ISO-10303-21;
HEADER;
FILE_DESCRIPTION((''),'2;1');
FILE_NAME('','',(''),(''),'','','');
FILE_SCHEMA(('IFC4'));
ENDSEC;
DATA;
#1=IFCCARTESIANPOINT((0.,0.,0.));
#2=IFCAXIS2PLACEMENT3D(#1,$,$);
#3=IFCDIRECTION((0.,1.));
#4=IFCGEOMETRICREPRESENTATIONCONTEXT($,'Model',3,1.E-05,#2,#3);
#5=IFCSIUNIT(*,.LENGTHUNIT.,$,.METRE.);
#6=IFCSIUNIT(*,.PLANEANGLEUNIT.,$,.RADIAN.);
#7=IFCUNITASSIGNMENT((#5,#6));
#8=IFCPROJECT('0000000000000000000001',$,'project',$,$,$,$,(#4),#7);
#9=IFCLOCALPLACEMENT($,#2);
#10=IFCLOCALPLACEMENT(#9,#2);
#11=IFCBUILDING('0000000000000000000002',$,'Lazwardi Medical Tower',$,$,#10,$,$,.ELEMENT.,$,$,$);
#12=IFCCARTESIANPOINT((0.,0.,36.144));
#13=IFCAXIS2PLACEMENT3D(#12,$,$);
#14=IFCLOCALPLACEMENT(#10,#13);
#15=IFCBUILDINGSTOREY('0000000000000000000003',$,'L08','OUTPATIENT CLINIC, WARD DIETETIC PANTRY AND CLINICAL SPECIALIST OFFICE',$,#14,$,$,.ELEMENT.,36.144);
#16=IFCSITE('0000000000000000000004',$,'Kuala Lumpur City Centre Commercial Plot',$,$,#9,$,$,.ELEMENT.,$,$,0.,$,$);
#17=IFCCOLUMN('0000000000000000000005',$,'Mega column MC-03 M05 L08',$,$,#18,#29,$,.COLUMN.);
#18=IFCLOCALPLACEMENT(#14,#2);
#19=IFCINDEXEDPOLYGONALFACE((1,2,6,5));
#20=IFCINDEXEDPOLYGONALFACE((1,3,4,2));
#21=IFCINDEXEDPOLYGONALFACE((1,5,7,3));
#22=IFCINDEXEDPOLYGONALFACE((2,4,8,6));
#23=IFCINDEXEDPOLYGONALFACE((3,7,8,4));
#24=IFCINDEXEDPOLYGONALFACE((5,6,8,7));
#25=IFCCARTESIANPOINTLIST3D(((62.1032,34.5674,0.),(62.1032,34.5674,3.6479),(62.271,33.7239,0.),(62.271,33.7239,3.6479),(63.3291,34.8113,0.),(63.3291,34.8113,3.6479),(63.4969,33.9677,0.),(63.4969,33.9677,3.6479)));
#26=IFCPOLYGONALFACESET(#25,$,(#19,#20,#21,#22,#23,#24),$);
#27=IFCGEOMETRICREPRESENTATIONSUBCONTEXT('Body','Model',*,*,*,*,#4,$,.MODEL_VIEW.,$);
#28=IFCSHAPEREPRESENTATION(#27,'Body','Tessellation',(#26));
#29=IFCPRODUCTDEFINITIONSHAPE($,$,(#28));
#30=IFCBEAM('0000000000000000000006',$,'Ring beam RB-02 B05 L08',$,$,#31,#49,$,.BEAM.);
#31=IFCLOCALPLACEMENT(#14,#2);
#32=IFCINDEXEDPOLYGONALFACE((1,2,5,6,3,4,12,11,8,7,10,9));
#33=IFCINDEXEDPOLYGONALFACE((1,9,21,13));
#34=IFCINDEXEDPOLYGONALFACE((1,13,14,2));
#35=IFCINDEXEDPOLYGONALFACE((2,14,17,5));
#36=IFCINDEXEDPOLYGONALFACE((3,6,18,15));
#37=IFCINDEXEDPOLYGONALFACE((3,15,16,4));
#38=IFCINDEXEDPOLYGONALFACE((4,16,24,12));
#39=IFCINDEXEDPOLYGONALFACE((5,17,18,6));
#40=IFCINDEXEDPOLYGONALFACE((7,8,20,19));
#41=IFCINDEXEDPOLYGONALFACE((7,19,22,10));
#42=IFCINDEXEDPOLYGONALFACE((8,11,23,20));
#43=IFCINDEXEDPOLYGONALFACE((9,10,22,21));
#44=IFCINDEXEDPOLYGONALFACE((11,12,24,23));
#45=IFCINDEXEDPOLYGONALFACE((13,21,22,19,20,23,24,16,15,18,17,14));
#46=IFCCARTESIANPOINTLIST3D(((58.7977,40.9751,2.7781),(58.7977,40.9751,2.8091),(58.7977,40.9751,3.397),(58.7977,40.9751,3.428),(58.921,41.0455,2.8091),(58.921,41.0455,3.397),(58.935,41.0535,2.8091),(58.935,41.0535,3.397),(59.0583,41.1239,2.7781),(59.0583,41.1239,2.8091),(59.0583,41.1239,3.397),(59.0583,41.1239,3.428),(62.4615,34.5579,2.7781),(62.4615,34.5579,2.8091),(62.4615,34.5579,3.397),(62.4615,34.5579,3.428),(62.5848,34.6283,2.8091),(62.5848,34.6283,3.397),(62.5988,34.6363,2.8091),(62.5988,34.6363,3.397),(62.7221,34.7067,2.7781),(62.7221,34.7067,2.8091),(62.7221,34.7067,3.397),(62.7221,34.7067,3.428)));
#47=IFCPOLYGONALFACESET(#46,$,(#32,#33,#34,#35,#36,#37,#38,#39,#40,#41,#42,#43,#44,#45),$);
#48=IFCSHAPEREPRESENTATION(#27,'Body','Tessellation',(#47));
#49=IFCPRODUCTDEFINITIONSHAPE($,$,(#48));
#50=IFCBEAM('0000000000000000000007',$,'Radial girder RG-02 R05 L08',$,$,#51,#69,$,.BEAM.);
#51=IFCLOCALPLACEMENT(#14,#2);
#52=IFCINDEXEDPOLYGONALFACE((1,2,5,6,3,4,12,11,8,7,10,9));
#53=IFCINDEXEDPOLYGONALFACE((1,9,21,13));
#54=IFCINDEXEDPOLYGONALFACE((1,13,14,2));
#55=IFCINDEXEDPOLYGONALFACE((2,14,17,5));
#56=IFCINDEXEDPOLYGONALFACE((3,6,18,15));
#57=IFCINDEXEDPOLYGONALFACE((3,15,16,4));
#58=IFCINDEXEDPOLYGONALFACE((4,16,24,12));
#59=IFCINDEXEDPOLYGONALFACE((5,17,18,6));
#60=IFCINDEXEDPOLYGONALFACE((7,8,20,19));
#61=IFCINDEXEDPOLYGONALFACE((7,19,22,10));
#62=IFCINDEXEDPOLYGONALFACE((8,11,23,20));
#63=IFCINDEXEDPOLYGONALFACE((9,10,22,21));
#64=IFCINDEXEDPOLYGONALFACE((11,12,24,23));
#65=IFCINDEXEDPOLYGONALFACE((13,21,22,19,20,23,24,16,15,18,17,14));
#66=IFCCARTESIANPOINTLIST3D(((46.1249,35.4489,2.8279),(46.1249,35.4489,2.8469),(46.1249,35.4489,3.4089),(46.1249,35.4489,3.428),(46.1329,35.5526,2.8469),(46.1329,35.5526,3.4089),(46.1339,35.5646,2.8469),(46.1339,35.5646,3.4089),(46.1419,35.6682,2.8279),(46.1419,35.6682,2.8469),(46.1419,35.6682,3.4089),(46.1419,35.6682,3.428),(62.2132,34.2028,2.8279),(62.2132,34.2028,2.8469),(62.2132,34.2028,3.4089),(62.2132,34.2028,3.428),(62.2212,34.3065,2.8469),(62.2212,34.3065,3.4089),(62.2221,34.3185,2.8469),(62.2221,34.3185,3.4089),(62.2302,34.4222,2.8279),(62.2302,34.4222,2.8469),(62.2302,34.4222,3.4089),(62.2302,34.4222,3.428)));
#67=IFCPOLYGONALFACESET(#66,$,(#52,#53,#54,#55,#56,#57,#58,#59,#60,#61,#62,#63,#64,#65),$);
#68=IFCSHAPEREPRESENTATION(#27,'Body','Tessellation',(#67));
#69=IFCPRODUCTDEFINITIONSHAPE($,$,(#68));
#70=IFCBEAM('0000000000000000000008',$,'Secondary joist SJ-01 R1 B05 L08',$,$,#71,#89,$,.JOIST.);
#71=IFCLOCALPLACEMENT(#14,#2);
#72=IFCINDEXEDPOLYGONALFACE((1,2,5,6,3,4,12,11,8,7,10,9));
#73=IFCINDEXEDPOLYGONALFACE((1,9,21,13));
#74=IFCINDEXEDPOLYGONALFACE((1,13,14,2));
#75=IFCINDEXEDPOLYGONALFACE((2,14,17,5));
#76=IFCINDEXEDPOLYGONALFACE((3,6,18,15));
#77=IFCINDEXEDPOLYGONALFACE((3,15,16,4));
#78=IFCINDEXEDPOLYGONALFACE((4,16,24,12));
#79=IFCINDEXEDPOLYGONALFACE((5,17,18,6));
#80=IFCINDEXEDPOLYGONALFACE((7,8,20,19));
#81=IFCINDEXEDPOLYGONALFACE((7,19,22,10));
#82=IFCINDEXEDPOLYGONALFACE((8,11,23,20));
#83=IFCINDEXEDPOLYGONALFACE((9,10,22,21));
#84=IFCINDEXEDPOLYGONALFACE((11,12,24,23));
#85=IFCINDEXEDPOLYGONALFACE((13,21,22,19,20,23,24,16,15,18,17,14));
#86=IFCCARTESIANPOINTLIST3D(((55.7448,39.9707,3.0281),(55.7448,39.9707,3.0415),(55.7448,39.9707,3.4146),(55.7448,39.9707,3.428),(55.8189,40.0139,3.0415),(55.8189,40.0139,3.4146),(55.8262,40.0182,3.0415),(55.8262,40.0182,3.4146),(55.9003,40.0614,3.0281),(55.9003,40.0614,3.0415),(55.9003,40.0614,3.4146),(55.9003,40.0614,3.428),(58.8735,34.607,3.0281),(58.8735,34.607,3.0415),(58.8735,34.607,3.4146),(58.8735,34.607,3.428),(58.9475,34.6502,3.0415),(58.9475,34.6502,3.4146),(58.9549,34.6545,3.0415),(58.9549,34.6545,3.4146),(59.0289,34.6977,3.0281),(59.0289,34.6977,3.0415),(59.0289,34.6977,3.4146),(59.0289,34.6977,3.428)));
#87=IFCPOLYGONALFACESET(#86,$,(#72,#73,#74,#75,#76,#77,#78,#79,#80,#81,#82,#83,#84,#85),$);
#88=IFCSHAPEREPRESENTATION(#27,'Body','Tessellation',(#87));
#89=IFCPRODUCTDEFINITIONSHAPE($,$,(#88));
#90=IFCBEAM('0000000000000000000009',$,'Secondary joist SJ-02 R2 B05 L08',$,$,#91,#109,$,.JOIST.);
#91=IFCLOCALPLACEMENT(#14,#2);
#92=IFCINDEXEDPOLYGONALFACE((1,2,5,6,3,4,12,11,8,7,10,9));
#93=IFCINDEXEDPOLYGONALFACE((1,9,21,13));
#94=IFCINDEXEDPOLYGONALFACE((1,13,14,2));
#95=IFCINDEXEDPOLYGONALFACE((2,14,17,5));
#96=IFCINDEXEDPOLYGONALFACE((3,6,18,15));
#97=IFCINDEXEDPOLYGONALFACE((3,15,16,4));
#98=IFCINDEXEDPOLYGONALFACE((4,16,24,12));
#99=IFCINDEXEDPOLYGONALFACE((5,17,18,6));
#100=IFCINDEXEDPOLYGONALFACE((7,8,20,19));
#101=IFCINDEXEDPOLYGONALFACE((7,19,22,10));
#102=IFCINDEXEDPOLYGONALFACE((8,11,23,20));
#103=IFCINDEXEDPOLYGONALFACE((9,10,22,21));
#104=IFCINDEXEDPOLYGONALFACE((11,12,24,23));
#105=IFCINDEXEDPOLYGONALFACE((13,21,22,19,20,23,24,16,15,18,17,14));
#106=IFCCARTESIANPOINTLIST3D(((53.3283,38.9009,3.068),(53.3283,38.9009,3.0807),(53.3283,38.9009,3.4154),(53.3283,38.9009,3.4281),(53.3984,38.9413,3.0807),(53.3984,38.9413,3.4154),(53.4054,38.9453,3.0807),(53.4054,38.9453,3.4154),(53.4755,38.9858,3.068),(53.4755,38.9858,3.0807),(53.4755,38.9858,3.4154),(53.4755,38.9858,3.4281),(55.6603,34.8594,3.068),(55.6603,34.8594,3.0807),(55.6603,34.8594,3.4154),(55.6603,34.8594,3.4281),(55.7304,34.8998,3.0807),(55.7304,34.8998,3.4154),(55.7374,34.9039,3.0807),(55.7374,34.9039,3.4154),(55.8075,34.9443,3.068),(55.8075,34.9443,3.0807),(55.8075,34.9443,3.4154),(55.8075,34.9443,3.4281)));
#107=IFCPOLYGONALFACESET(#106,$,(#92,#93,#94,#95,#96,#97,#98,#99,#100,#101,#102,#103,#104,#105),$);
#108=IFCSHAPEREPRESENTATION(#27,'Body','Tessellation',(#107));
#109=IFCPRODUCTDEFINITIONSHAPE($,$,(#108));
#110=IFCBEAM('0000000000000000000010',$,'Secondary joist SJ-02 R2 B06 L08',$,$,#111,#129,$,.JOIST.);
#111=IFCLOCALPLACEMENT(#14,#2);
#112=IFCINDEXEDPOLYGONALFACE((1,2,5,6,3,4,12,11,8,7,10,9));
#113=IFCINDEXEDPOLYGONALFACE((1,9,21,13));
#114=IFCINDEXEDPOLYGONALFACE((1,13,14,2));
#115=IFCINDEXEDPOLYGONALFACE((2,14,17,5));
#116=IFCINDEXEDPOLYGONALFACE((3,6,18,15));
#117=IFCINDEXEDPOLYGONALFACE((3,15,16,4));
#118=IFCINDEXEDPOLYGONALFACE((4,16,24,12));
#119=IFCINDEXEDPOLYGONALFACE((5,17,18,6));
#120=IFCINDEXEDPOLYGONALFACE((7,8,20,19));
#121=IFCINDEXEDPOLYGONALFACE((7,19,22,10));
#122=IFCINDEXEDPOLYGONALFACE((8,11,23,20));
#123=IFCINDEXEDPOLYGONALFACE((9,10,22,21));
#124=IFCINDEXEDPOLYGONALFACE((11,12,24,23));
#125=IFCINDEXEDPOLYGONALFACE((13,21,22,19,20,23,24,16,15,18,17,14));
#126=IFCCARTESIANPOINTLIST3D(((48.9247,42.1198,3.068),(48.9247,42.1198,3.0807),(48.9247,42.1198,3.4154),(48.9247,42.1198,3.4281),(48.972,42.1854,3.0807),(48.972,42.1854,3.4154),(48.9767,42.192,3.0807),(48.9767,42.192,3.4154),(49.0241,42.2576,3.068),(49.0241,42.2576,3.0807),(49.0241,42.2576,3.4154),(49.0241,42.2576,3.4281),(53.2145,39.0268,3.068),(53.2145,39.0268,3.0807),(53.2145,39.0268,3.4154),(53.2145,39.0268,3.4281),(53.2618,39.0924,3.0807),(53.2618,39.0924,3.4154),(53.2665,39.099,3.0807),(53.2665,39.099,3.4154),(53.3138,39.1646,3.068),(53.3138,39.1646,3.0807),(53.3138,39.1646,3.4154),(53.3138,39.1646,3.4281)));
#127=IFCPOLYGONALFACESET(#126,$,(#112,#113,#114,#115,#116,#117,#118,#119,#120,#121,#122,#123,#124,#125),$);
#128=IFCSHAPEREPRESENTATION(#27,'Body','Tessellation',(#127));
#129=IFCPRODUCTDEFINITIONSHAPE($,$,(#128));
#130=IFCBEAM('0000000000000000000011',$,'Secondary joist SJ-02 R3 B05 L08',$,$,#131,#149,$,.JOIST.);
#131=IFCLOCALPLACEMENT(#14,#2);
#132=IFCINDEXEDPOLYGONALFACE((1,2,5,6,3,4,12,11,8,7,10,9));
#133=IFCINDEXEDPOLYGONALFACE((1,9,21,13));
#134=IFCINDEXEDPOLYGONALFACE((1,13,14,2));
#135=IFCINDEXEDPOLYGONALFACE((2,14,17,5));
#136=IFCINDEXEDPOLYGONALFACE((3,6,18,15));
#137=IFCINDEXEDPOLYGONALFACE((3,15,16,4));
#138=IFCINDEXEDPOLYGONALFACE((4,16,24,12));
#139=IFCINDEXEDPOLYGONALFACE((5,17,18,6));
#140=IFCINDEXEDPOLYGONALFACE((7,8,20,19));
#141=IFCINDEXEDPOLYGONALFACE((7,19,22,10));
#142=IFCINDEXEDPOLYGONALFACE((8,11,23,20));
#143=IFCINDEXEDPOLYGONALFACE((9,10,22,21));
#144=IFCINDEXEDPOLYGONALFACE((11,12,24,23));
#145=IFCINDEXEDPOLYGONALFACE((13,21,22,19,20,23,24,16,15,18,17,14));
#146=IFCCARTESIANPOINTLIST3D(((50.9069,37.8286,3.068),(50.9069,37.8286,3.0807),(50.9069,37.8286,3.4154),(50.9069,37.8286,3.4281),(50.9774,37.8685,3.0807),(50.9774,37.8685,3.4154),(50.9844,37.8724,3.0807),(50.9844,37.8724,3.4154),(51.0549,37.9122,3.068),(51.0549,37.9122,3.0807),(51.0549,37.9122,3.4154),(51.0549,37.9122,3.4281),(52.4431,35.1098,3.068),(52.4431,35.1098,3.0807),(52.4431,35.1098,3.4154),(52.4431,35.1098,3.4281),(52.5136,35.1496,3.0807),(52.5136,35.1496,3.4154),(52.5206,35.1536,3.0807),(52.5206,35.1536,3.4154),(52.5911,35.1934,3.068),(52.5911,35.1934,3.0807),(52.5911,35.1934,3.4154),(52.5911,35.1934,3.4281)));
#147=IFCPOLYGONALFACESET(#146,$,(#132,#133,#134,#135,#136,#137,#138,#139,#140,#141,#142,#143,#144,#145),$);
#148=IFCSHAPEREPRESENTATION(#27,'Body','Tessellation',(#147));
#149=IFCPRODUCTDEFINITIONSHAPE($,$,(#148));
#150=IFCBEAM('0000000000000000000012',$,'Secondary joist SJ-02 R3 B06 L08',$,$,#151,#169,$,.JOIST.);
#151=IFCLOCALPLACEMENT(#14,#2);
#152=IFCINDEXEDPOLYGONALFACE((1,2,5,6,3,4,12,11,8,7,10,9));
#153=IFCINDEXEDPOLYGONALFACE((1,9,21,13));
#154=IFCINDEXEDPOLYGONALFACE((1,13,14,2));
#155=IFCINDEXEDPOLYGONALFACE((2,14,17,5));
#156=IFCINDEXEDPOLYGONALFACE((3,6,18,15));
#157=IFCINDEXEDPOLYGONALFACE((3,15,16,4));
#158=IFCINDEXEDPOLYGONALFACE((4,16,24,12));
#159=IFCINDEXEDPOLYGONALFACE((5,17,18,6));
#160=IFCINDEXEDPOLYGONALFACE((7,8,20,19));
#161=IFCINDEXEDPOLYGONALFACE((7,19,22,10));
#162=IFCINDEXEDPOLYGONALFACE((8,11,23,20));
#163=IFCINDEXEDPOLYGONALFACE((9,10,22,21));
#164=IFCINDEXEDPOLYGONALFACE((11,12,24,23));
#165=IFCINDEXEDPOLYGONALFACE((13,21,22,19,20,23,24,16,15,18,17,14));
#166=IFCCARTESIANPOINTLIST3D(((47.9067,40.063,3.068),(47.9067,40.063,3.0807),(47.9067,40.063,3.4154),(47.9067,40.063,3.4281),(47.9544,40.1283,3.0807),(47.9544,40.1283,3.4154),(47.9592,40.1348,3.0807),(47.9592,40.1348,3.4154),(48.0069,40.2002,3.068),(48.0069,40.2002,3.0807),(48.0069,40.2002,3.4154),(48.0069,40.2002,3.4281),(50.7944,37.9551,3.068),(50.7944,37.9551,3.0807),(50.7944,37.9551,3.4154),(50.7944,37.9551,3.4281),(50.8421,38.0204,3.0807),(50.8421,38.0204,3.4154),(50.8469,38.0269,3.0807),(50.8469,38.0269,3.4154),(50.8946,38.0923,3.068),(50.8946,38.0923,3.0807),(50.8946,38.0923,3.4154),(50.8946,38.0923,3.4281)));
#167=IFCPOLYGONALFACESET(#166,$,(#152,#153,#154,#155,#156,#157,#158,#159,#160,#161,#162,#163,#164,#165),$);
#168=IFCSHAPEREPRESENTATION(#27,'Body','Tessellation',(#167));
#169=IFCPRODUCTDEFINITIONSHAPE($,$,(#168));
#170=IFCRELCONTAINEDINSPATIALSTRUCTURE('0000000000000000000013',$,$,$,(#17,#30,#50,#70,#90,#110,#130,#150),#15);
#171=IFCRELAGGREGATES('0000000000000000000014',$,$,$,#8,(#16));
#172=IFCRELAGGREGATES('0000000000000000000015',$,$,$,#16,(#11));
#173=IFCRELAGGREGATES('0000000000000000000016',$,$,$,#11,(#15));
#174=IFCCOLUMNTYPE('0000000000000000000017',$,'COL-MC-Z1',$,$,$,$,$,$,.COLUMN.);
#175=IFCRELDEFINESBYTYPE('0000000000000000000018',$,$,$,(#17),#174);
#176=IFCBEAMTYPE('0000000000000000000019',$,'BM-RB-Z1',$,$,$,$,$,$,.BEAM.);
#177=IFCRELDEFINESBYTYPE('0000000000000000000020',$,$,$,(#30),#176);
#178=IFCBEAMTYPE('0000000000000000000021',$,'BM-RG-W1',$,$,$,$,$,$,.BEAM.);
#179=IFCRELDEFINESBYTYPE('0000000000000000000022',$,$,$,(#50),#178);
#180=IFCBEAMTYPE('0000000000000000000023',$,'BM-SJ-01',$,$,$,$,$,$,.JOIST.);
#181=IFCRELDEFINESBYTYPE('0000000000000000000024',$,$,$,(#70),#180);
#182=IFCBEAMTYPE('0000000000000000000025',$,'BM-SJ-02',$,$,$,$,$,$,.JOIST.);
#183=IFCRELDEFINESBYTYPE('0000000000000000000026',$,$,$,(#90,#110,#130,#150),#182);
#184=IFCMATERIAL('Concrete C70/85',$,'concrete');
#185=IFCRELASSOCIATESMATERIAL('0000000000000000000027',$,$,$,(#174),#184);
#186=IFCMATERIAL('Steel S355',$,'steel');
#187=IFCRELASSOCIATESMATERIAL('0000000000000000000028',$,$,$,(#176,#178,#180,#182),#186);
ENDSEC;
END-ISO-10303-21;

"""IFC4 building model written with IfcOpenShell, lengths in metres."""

from ifc_helpers import new_model, si_unit, direction, frame, origin, origin_2d, place, context, subcontext, project, spatial, rectangle, i_section, extrude, material, material_profile, profile_set, type_object, element, save


model = new_model("IFC4")

# Units and contexts
model_context = context("Model", 3, precision=1e-05, world=origin(), true_north=direction((0.0, 1.0)))
body_context = subcontext(model_context, "Body", "Model", "MODEL_VIEW")
ifc_project = project(units=[si_unit("LENGTHUNIT", "METRE"), si_unit("PLANEANGLEUNIT", "RADIAN")], contexts=[model_context])

# Site, building, storey
site_placement = place(None, origin())
site = spatial("IfcSite", under=ifc_project, at=site_placement, Name="Kuala Lumpur City Centre Commercial Plot", CompositionType="ELEMENT", RefElevation=0.0)
building_placement = place(site_placement, origin())
building = spatial("IfcBuilding", under=site, at=building_placement, Name="Lazwardi Medical Tower", CompositionType="ELEMENT")
storey_placement = place(building_placement, frame((0.0, 0.0, 36.144)))
storey = spatial("IfcBuildingStorey", under=building, at=storey_placement, Name="L08", Description="OUTPATIENT CLINIC, WARD DIETETIC PANTRY AND CLINICAL SPECIALIST OFFICE", CompositionType="ELEMENT", Elevation=36.144)

# Column
ifc_material_1 = material(Name="Concrete C70/85", Category="concrete")
ifc_material_profile_1 = material_profile(ifc_material_1, rectangle(XDim=1.25, YDim=0.8601, at=origin_2d()), Name="CFT-RECT 1250x860")
ifc_profile_set_1 = profile_set([ifc_material_profile_1], Name="Concrete C70/85")
column_type = type_object("IfcColumnType", Name="COL-MC-Z1", PredefinedType="COLUMN", material=ifc_profile_set_1)
column_placement = place(storey_placement, frame((62.8, 34.2676, 0.0), z_axis=(0.0, 0.0, 1.0), x_axis=(0.980785, 0.19509, 0.0)))
element("IfcColumn", 1, at=column_placement, inside=storey, type_object=column_type, Name="Mega column MC-03 M05 L08", PredefinedType="COLUMN", context=body_context, shape_type="SweptSolid", body=[
    extrude(rectangle(XDim=1.25, YDim=0.8601, at=origin_2d()), origin(), (0.0, 0.0, 1.0), 3.6479),
])

# Beams
ifc_material_2 = material(Name="Steel S355", Category="steel")
ifc_material_profile_2 = material_profile(ifc_material_2, i_section(OverallWidth=0.3, OverallDepth=0.6499, WebThickness=0.0161, FlangeThickness=0.031, at=origin_2d()), Name="HEB 650")
ifc_profile_set_2 = profile_set([ifc_material_profile_2], Name="Steel S355")
beam_type_1 = type_object("IfcBeamType", Name="BM-RB-Z1", PredefinedType="BEAM", material=ifc_profile_set_2)
beam_1_placement = place(storey_placement, frame((62.5918, 34.6323, 3.103), z_axis=(-0.495815, 0.868428, 0.0), x_axis=(-0.868428, -0.495815, 0.0)))
element("IfcBeam", 2, at=beam_1_placement, inside=storey, type_object=beam_type_1, Name="Ring beam RB-02 B05 L08", PredefinedType="BEAM", context=body_context, shape_type="SweptSolid", body=[
    extrude(i_section(OverallWidth=0.3, OverallDepth=0.6499, WebThickness=0.0161, FlangeThickness=0.031, at=origin_2d()), origin(), (0.0, 0.0, 1.0), 7.3894),
])
ifc_material_profile_3 = material_profile(ifc_material_2, i_section(OverallWidth=0.22, OverallDepth=0.6001, WebThickness=0.012, FlangeThickness=0.019, at=origin_2d()), Name="IPE 600")
ifc_profile_set_3 = profile_set([ifc_material_profile_3], Name="Steel S355")
beam_type_2 = type_object("IfcBeamType", Name="BM-RG-W1", PredefinedType="BEAM", material=ifc_profile_set_3)
beam_2_placement = place(storey_placement, frame((62.2217, 34.3125, 3.1279), z_axis=(-0.997014, 0.077222, 0.0), x_axis=(-0.077222, -0.997014, 0.0)))
element("IfcBeam", 3, at=beam_2_placement, inside=storey, type_object=beam_type_2, Name="Radial girder RG-02 R05 L08", PredefinedType="BEAM", context=body_context, shape_type="SweptSolid", body=[
    extrude(i_section(OverallWidth=0.22, OverallDepth=0.6001, WebThickness=0.012, FlangeThickness=0.019, at=origin_2d()), origin(), (0.0, 0.0, 1.0), 16.1365),
])
ifc_material_profile_4 = material_profile(ifc_material_2, i_section(OverallWidth=0.1799, OverallDepth=0.3999, WebThickness=0.0085, FlangeThickness=0.0134, at=origin_2d()), Name="IPE 400")
ifc_profile_set_4 = profile_set([ifc_material_profile_4], Name="Steel S355")
beam_type_3 = type_object("IfcBeamType", Name="BM-SJ-01", PredefinedType="JOIST", material=ifc_profile_set_4)
beam_3_placement = place(storey_placement, frame((58.9512, 34.6523, 3.228), z_axis=(-0.503847, 0.863793, 0.0), x_axis=(-0.863793, -0.503847, 0.0)))
element("IfcBeam", 4, at=beam_3_placement, inside=storey, type_object=beam_type_3, Name="Secondary joist SJ-01 R1 B05 L08", PredefinedType="JOIST", context=body_context, shape_type="SweptSolid", body=[
    extrude(i_section(OverallWidth=0.1799, OverallDepth=0.3999, WebThickness=0.0085, FlangeThickness=0.0134, at=origin_2d()), origin(), (0.0, 0.0, 1.0), 6.2095),
])
ifc_material_profile_5 = material_profile(ifc_material_2, i_section(OverallWidth=0.1699, OverallDepth=0.3601, WebThickness=0.0081, FlangeThickness=0.0127, at=origin_2d()), Name="IPE 360")
ifc_profile_set_5 = profile_set([ifc_material_profile_5], Name="Steel S355")
beam_type_4 = type_object("IfcBeamType", Name="BM-SJ-02", PredefinedType="JOIST", material=ifc_profile_set_5)
beam_4_placement = place(storey_placement, frame((55.7339, 34.9019, 3.248), z_axis=(-0.499786, 0.866149, 0.0), x_axis=(-0.866149, -0.499786, 0.0)))
element("IfcBeam", 5, at=beam_4_placement, inside=storey, type_object=beam_type_4, Name="Secondary joist SJ-02 R2 B05 L08", PredefinedType="JOIST", context=body_context, shape_type="SweptSolid", body=[
    extrude(i_section(OverallWidth=0.1699, OverallDepth=0.3601, WebThickness=0.0081, FlangeThickness=0.0127, at=origin_2d()), origin(), (0.0, 0.0, 1.0), 4.666),
])
beam_5_placement = place(storey_placement, frame((53.2642, 39.0957, 3.248), z_axis=(-0.811143, 0.584848, 0.0), x_axis=(-0.584848, -0.811143, 0.0)))
element("IfcBeam", 6, at=beam_5_placement, inside=storey, type_object=beam_type_4, Name="Secondary joist SJ-02 R2 B06 L08", PredefinedType="JOIST", context=body_context, shape_type="SweptSolid", body=[
    extrude(i_section(OverallWidth=0.1699, OverallDepth=0.3601, WebThickness=0.0081, FlangeThickness=0.0127, at=origin_2d()), origin(), (0.0, 0.0, 1.0), 5.2886),
])
beam_6_placement = place(storey_placement, frame((52.5171, 35.1516, 3.248), z_axis=(-0.491923, 0.870639, 0.0), x_axis=(-0.870639, -0.491923, 0.0)))
element("IfcBeam", 7, at=beam_6_placement, inside=storey, type_object=beam_type_4, Name="Secondary joist SJ-02 R3 B05 L08", PredefinedType="JOIST", context=body_context, shape_type="SweptSolid", body=[
    extrude(i_section(OverallWidth=0.1699, OverallDepth=0.3601, WebThickness=0.0081, FlangeThickness=0.0127, at=origin_2d()), origin(), (0.0, 0.0, 1.0), 3.1228),
])
beam_7_placement = place(storey_placement, frame((50.8445, 38.0237, 3.248), z_axis=(-0.807701, 0.589592, 0.0), x_axis=(-0.589592, -0.807701, 0.0)))
element("IfcBeam", 8, at=beam_7_placement, inside=storey, type_object=beam_type_4, Name="Secondary joist SJ-02 R3 B06 L08", PredefinedType="JOIST", context=body_context, shape_type="SweptSolid", body=[
    extrude(i_section(OverallWidth=0.1699, OverallDepth=0.3601, WebThickness=0.0081, FlangeThickness=0.0127, at=origin_2d()), origin(), (0.0, 0.0, 1.0), 3.5752),
])

save(model, "model.ifc")
